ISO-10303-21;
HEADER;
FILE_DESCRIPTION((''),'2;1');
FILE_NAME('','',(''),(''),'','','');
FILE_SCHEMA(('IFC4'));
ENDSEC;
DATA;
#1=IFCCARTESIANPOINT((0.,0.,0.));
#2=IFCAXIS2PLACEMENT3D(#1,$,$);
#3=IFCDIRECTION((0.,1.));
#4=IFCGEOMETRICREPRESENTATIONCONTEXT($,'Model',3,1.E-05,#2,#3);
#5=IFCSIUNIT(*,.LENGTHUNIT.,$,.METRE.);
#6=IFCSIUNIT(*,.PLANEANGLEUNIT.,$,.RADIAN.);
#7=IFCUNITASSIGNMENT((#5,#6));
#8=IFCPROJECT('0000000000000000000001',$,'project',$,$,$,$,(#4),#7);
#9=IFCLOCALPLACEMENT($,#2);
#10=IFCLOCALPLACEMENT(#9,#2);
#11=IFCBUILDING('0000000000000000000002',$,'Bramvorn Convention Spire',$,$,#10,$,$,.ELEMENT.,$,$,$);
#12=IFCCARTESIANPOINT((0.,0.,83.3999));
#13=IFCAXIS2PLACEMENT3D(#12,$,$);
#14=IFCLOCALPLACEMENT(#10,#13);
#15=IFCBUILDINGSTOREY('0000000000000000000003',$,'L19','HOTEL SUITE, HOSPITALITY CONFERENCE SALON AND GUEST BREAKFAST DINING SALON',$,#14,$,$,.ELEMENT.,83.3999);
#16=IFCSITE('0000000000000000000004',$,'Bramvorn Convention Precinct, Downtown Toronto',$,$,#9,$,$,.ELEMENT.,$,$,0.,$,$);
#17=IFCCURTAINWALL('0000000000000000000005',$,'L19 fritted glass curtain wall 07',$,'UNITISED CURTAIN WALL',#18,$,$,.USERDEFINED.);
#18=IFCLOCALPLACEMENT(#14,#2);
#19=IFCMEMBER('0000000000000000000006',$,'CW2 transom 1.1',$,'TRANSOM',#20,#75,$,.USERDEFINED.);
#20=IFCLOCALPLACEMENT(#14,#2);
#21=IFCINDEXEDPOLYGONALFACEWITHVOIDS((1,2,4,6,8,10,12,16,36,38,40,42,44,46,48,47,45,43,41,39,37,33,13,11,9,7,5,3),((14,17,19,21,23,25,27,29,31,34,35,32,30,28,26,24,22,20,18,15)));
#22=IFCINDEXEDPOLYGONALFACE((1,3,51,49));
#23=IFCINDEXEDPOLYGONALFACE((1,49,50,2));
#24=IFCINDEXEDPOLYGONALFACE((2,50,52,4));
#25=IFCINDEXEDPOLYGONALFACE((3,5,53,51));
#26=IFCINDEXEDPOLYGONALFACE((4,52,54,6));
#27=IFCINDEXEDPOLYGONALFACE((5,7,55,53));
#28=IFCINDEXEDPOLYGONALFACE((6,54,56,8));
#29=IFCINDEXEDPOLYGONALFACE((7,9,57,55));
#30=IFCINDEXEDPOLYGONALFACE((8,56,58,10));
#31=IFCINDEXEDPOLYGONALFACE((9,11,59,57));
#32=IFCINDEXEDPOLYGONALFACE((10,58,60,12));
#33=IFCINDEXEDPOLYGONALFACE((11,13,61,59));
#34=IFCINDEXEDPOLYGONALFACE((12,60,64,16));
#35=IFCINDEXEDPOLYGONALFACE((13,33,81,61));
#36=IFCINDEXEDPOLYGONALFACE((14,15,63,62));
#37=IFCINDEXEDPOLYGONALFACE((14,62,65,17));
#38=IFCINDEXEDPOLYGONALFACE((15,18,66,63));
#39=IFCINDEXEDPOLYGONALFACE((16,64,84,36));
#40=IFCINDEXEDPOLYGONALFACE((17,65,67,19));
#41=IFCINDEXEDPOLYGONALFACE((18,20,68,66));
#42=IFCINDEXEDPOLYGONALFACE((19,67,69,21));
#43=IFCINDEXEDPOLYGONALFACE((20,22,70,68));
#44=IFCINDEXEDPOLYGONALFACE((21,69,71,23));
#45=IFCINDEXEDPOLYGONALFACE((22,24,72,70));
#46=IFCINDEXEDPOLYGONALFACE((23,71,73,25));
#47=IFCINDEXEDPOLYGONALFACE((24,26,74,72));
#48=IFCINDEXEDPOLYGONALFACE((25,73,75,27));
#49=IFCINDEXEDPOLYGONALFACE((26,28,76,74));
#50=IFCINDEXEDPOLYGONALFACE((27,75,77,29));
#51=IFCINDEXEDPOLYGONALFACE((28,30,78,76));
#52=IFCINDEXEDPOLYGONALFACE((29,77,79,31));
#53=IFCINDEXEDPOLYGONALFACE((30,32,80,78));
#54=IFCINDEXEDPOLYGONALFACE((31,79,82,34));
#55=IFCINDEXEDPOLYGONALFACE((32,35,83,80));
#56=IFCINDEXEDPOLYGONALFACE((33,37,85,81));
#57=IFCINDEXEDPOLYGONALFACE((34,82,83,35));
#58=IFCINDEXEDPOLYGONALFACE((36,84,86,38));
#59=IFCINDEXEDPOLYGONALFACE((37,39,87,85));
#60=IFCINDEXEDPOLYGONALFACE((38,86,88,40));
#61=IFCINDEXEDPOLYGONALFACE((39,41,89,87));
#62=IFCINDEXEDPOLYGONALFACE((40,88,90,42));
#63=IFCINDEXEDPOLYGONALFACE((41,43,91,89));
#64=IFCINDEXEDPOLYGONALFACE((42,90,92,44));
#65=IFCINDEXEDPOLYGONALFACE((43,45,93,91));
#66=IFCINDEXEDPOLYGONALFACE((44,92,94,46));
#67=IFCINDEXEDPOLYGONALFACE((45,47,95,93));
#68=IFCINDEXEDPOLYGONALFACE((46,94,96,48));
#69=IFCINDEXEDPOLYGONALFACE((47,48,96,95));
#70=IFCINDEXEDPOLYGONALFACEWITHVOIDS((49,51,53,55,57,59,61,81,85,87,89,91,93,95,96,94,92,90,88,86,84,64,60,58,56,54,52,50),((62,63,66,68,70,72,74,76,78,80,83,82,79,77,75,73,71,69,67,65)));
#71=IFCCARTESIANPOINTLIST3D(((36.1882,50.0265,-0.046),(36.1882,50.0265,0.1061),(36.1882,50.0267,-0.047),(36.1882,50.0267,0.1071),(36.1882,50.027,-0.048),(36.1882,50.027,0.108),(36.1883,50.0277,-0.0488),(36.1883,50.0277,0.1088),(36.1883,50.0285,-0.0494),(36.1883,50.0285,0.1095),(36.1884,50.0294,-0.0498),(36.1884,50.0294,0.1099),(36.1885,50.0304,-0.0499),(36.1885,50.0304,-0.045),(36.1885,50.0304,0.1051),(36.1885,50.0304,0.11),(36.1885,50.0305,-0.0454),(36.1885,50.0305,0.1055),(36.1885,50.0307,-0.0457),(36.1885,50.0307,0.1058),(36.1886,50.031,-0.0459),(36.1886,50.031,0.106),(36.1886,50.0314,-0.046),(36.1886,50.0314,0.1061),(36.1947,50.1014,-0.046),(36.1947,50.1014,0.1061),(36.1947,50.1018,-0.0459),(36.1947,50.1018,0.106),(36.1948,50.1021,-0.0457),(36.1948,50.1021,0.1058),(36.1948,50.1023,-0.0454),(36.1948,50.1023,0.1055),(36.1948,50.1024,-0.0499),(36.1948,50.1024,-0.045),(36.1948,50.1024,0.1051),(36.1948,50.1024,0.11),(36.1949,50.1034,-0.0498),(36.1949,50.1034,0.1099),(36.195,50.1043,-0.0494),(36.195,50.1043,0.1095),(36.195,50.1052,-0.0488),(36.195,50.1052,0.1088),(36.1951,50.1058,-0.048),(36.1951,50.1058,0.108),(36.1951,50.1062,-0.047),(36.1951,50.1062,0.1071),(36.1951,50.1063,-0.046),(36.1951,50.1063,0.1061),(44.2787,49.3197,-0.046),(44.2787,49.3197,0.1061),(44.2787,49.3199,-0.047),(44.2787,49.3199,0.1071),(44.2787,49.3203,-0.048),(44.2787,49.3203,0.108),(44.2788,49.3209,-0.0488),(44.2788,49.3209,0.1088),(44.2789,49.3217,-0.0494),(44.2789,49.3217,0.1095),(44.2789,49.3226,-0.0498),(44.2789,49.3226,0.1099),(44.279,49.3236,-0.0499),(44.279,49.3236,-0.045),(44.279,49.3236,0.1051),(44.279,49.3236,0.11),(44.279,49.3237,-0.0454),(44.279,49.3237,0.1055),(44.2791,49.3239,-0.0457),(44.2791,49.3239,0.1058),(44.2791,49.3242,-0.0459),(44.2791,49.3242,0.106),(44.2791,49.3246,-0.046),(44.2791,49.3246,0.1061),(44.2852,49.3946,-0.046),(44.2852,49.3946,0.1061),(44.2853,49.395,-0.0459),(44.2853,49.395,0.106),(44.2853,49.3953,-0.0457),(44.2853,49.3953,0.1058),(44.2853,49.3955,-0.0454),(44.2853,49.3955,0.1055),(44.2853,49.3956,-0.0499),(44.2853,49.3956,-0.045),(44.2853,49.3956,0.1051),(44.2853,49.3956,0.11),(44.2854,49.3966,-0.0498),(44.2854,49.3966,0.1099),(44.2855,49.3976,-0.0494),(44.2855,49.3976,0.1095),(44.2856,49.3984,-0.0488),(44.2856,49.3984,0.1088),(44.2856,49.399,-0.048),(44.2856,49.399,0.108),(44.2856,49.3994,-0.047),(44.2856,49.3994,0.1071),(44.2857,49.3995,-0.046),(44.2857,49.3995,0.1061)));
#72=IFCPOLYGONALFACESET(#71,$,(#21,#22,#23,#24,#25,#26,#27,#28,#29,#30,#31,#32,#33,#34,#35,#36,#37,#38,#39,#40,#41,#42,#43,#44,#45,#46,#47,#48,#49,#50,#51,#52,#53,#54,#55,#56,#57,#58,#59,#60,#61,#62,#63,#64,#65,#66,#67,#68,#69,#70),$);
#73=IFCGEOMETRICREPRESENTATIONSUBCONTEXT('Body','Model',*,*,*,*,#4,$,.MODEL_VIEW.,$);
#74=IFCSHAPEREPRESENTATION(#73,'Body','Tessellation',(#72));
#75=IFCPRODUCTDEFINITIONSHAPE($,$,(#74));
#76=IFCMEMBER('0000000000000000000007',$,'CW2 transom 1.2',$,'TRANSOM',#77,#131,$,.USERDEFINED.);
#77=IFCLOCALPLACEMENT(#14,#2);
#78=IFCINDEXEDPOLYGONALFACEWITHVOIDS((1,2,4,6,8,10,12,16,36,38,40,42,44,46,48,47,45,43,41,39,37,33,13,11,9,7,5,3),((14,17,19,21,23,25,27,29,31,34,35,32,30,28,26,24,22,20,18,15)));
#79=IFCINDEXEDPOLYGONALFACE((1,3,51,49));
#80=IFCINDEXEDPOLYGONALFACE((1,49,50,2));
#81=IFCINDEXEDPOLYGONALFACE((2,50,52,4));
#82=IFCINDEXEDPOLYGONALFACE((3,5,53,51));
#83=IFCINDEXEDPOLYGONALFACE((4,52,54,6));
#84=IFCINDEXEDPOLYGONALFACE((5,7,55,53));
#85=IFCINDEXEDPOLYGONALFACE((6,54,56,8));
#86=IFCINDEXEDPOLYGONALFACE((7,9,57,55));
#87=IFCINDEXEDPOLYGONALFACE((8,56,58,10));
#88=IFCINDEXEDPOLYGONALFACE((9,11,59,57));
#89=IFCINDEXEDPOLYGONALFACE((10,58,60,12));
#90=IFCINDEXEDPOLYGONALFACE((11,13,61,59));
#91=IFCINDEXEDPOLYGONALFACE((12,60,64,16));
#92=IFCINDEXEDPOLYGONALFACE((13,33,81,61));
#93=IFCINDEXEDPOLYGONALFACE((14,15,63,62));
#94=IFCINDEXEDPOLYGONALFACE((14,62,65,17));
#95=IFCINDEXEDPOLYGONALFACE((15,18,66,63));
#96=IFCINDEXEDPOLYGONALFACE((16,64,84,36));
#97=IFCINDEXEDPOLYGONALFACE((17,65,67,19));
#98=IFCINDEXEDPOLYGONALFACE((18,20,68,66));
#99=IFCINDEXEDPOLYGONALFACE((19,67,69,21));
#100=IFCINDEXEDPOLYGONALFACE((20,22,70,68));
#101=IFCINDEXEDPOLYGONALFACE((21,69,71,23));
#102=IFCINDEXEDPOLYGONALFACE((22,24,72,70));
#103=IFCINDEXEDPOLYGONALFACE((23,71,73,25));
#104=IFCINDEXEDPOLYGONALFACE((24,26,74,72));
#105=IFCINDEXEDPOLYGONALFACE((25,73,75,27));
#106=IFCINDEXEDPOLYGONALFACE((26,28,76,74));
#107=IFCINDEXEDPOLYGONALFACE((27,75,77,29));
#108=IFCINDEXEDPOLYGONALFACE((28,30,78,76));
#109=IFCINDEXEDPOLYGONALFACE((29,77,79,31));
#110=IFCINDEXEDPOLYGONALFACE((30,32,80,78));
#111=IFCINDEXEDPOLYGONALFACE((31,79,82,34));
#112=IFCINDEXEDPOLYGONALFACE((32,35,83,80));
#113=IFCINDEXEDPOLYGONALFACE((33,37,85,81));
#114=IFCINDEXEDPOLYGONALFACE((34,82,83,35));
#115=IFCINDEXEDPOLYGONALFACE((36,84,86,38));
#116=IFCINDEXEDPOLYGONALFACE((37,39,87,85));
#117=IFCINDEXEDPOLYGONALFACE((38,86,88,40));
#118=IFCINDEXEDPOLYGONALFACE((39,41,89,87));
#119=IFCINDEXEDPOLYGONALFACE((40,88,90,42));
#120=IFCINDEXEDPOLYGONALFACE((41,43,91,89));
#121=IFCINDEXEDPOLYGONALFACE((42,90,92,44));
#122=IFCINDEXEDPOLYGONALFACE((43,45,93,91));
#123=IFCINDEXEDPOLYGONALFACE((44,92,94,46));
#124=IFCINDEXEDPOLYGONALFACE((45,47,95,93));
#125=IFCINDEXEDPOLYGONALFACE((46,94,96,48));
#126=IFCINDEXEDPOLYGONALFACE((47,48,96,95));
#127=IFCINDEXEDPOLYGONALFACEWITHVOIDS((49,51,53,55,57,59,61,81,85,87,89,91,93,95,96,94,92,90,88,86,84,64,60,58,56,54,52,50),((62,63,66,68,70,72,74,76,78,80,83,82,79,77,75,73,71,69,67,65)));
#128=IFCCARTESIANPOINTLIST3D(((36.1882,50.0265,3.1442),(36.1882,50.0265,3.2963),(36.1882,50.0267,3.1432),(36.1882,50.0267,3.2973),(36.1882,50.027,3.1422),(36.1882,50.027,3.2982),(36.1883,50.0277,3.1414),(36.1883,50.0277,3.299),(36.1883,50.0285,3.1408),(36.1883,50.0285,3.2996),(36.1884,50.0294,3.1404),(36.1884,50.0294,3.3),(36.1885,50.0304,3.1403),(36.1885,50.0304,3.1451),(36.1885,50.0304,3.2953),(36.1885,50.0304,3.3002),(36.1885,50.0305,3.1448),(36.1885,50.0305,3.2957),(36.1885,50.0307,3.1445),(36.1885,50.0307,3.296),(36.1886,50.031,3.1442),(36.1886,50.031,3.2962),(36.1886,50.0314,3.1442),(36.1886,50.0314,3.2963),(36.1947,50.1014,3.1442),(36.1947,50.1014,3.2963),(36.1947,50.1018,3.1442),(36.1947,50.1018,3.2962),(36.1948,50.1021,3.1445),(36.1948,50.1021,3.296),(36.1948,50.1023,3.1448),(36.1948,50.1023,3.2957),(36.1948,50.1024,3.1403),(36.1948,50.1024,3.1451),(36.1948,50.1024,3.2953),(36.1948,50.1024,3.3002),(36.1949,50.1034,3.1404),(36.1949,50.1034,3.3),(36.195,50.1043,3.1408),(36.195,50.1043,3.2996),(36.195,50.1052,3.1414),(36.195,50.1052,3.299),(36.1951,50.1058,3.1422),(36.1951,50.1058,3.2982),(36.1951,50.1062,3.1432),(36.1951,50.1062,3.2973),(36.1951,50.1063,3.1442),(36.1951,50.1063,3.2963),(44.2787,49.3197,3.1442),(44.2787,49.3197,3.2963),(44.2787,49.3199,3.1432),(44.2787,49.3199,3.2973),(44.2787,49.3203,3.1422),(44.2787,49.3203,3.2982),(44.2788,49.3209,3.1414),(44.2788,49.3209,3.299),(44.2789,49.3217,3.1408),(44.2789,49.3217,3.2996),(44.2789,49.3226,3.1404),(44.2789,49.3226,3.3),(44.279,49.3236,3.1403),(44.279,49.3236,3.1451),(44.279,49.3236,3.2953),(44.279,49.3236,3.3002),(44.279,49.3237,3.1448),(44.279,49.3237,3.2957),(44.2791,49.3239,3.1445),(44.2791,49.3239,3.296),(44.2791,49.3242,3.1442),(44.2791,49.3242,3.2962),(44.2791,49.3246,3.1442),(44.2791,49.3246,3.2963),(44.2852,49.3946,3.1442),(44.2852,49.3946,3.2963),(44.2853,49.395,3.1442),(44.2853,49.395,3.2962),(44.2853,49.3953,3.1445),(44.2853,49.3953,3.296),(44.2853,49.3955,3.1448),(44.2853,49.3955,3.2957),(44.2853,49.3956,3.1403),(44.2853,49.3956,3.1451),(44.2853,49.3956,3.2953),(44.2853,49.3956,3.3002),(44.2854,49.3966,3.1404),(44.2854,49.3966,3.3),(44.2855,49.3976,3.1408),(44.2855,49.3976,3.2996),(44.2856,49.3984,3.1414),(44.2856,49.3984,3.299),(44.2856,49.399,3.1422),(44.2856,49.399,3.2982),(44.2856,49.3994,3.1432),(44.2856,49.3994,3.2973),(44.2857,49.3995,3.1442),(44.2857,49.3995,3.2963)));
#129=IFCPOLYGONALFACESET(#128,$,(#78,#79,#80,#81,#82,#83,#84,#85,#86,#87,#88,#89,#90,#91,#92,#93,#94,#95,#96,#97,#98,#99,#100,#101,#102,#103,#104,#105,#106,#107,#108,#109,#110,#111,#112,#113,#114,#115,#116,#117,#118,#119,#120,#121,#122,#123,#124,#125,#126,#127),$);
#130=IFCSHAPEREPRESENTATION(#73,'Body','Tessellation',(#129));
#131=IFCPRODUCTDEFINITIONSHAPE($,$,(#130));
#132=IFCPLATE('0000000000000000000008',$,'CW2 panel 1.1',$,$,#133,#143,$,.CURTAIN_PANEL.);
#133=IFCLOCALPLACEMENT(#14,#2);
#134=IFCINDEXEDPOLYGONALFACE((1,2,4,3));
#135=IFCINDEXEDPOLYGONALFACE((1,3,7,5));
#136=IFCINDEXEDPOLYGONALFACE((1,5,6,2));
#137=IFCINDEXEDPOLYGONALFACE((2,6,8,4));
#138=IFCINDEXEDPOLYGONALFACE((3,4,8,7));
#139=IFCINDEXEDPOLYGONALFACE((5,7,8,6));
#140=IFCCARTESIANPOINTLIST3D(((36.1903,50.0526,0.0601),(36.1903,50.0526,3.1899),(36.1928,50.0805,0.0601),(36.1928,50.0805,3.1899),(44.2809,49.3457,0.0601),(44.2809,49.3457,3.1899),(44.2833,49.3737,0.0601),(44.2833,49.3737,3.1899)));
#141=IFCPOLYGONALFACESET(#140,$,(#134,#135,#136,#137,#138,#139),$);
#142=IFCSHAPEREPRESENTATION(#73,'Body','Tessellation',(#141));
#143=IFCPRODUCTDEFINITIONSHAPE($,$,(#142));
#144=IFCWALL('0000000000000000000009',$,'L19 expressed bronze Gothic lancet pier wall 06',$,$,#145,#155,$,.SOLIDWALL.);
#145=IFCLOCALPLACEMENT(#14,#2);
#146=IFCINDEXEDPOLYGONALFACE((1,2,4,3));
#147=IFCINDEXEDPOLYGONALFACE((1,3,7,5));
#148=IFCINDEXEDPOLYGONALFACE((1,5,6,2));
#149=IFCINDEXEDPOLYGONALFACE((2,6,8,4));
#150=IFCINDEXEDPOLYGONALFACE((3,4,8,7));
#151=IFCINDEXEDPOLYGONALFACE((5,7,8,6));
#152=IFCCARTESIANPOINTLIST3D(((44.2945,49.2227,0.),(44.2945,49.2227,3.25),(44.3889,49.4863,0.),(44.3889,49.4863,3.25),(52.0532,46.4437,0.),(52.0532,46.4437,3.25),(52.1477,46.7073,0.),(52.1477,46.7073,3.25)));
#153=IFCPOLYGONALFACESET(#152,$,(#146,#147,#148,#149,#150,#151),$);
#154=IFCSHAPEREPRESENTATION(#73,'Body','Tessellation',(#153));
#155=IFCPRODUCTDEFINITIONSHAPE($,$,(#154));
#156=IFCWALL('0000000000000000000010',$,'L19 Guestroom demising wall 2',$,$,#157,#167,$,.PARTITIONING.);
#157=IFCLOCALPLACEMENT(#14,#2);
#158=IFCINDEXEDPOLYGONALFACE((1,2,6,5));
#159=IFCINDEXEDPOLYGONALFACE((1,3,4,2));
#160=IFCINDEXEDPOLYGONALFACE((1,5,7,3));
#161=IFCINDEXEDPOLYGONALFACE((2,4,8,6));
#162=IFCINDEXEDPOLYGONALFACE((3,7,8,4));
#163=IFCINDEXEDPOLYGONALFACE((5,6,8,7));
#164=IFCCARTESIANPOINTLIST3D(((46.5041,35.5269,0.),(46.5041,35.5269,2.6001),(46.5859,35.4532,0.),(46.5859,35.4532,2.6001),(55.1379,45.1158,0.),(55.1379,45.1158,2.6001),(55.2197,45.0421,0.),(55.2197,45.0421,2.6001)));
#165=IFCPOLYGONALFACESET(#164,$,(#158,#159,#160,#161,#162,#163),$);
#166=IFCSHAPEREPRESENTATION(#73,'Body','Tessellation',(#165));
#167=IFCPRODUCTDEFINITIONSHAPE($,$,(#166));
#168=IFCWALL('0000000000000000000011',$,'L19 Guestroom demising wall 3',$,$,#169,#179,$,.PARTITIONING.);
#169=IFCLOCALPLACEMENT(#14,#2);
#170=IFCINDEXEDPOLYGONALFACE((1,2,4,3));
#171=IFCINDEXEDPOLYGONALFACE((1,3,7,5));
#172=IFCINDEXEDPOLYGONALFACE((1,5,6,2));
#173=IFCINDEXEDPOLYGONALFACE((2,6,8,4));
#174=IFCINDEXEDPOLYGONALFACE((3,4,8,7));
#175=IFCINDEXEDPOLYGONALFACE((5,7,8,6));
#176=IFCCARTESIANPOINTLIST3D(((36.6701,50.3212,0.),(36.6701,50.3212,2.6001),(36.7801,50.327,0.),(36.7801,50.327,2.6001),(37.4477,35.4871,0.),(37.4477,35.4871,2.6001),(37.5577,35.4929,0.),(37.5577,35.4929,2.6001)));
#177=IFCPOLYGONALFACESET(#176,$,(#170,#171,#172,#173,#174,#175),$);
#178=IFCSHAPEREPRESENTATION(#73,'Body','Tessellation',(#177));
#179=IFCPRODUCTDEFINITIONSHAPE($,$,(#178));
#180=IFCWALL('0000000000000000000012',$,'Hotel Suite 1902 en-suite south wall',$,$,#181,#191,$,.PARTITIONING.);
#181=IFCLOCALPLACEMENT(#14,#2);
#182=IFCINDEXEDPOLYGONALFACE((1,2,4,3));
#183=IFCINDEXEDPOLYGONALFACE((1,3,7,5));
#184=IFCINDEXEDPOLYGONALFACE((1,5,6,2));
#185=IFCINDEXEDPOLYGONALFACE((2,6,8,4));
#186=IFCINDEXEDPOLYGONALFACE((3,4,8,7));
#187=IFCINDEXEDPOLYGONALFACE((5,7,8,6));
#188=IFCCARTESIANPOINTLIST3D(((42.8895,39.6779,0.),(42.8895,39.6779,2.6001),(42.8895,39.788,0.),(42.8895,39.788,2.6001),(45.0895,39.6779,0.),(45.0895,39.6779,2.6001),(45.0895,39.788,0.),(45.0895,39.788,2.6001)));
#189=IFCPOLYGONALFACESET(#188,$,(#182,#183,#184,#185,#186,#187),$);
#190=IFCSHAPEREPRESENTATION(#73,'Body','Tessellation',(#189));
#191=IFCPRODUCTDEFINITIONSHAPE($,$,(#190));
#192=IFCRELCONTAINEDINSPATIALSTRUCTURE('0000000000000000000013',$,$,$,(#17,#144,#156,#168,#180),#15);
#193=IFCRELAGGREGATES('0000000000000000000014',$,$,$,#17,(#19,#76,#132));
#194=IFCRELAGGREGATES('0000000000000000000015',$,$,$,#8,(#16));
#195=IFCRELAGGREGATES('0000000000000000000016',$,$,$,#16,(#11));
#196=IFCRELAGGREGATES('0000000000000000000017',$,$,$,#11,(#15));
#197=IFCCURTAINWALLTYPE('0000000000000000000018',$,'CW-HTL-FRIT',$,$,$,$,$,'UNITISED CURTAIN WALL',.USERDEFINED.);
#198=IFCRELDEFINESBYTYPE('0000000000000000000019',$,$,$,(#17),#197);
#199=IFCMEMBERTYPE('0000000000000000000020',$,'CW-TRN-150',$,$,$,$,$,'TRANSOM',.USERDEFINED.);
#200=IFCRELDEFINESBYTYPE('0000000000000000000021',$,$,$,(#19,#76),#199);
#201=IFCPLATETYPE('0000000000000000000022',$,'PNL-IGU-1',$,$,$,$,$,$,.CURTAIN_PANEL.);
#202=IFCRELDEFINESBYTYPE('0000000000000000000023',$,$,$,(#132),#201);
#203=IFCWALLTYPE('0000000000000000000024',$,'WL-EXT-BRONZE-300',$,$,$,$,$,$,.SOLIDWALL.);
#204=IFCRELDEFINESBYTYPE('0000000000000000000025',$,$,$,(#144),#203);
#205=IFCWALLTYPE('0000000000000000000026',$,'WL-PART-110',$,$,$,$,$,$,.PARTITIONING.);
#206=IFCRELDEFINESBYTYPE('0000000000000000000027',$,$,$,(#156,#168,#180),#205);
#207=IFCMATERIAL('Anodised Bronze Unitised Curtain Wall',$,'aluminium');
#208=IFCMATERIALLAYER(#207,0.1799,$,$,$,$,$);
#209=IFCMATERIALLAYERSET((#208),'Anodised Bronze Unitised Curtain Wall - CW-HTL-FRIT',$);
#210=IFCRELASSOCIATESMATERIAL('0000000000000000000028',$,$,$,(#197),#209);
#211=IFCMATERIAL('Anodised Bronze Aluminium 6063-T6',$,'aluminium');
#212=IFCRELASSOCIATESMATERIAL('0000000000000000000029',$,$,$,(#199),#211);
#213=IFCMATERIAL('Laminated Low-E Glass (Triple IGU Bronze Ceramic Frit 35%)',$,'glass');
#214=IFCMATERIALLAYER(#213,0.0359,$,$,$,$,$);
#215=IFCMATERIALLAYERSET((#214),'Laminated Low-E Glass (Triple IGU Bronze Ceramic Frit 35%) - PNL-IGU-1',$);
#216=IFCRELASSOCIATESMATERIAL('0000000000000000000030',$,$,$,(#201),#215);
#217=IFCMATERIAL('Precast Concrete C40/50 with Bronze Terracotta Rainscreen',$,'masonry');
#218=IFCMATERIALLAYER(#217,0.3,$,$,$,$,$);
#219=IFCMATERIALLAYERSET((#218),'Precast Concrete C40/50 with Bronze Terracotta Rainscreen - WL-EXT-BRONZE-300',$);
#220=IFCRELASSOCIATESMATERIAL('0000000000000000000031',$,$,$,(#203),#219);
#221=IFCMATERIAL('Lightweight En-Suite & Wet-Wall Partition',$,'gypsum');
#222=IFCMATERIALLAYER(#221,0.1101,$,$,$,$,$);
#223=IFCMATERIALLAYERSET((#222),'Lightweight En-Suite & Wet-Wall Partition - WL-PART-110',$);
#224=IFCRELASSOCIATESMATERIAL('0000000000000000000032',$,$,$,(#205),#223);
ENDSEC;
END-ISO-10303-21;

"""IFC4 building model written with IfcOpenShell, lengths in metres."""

from ifc_helpers import new_model, si_unit, direction, frame, frame_2d, origin, origin_2d, place, context, subcontext, project, spatial, rectangle, hollow_rectangle, extrude, material, layer, layer_set, material_profile, profile_set, type_object, element, aggregate, save


model = new_model("IFC4")

# Units and contexts
model_context = context("Model", 3, precision=1e-05, world=origin(), true_north=direction((0.0, 1.0)))
body_context = subcontext(model_context, "Body", "Model", "MODEL_VIEW")
ifc_project = project(units=[si_unit("LENGTHUNIT", "METRE"), si_unit("PLANEANGLEUNIT", "RADIAN")], contexts=[model_context])

# Site, building, storey
site_placement = place(None, origin())
site = spatial("IfcSite", under=ifc_project, at=site_placement, Name="Bramvorn Convention Precinct, Downtown Toronto", CompositionType="ELEMENT", RefElevation=0.0)
building_placement = place(site_placement, origin())
building = spatial("IfcBuilding", under=site, at=building_placement, Name="Bramvorn Convention Spire", CompositionType="ELEMENT")
storey_placement = place(building_placement, frame((0.0, 0.0, 83.3999)))
storey = spatial("IfcBuildingStorey", under=building, at=storey_placement, Name="L19", Description="HOTEL SUITE, HOSPITALITY CONFERENCE SALON AND GUEST BREAKFAST DINING SALON", CompositionType="ELEMENT", Elevation=83.3999)

# Curtain wall
ifc_material_1 = material(Name="Anodised Bronze Unitised Curtain Wall", Category="aluminium")
ifc_layer_1 = layer(ifc_material_1, 0.1799)
ifc_layer_set_1 = layer_set([ifc_layer_1], Name="Anodised Bronze Unitised Curtain Wall - CW-HTL-FRIT")
curtain_wall_type = type_object("IfcCurtainWallType", Name="CW-HTL-FRIT", ElementType="UNITISED CURTAIN WALL", PredefinedType="USERDEFINED", material=ifc_layer_set_1)
curtain_wall_1_placement = place(storey_placement, origin())
curtain_wall_1 = element("IfcCurtainWall", 1, at=curtain_wall_1_placement, inside=storey, type_object=curtain_wall_type, Name="L19 fritted glass curtain wall 07", ObjectType="UNITISED CURTAIN WALL", PredefinedType="USERDEFINED")
ifc_material_2 = material(Name="Anodised Bronze Aluminium 6063-T6", Category="aluminium")

# Members
ifc_material_profile_1 = material_profile(ifc_material_2, hollow_rectangle(XDim=0.0801, YDim=0.1599, WallThickness=0.0039, InnerFilletRadius=0.001, OuterFilletRadius=0.0039, at=origin_2d()))
ifc_profile_set_1 = profile_set([ifc_material_profile_1], Name="Anodised Bronze Aluminium 6063-T6 - CWT80X160")
member_type_1 = type_object("IfcMemberType", Name="CW-TRN-150", ElementType="TRANSOM", PredefinedType="USERDEFINED", material=ifc_profile_set_1)
member_1_placement = place(storey_placement, frame((36.1917, 50.0664, 0.03), z_axis=(0.996206, -0.087028, 0.0), x_axis=(0.087028, 0.996206, 0.0)))
member_1 = element("IfcMember", 2, at=member_1_placement, type_object=member_type_1, Name="CW2 transom 1.1", ObjectType="TRANSOM", PredefinedType="USERDEFINED", context=body_context, shape_type="SweptSolid", body=[
    extrude(hollow_rectangle(XDim=0.0801, YDim=0.1599, WallThickness=0.0039, InnerFilletRadius=0.001, OuterFilletRadius=0.0039, at=origin_2d()), origin(), (0.0, 0.0, 1.0), 8.1213),
])
member_2_placement = place(storey_placement, frame((36.1917, 50.0664, 3.2202), z_axis=(0.996206, -0.087028, 0.0), x_axis=(0.087028, 0.996206, 0.0)))
member_2 = element("IfcMember", 3, at=member_2_placement, type_object=member_type_1, Name="CW2 transom 1.2", ObjectType="TRANSOM", PredefinedType="USERDEFINED", context=body_context, shape_type="SweptSolid", body=[
    extrude(hollow_rectangle(XDim=0.0801, YDim=0.1599, WallThickness=0.0039, InnerFilletRadius=0.001, OuterFilletRadius=0.0039, at=origin_2d()), origin(), (0.0, 0.0, 1.0), 8.1213),
])

# Plate
ifc_material_3 = material(Name="Laminated Low-E Glass (Triple IGU Bronze Ceramic Frit 35%)", Category="glass")
ifc_layer_2 = layer(ifc_material_3, 0.0359)
ifc_layer_set_2 = layer_set([ifc_layer_2], Name="Laminated Low-E Glass (Triple IGU Bronze Ceramic Frit 35%) - PNL-IGU-1")
plate_type = type_object("IfcPlateType", Name="PNL-IGU-1", PredefinedType="CURTAIN_PANEL", material=ifc_layer_set_2)
plate_placement = place(storey_placement, frame((40.2368, 49.7131, 0.0601), z_axis=(0.0, 0.0, 1.0), x_axis=(0.996205, -0.087036, 0.0)))
plate = element("IfcPlate", 4, at=plate_placement, type_object=plate_type, Name="CW2 panel 1.1", PredefinedType="CURTAIN_PANEL", context=body_context, shape_type="SweptSolid", body=[
    extrude(rectangle(XDim=8.1213, YDim=0.0281, at=origin_2d()), origin(), (0.0, 0.0, 1.0), 3.1299),
])
aggregate(curtain_wall_1, [member_1, member_2, plate])

# Walls
ifc_material_4 = material(Name="Precast Concrete C40/50 with Bronze Terracotta Rainscreen", Category="masonry")
ifc_layer_3 = layer(ifc_material_4, 0.3)
ifc_layer_set_3 = layer_set([ifc_layer_3], Name="Precast Concrete C40/50 with Bronze Terracotta Rainscreen - WL-EXT-BRONZE-300")
wall_type_1 = type_object("IfcWallType", Name="WL-EXT-BRONZE-300", PredefinedType="SOLIDWALL", material=ifc_layer_set_3)
wall_1_placement = place(storey_placement, frame((44.3418, 49.3545, 0.0), z_axis=(0.0, 0.0, 1.0), x_axis=(0.941432, -0.337203, 0.0)))
element("IfcWall", 5, at=wall_1_placement, inside=storey, type_object=wall_type_1, Name="L19 expressed bronze Gothic lancet pier wall 06", PredefinedType="SOLIDWALL", context=body_context, shape_type="SweptSolid", body=[
    extrude(rectangle(XDim=8.2415, YDim=0.28, at=frame_2d((4.1206, 0.0))), origin(), (0.0, 0.0, 1.0), 3.25),
])
ifc_material_5 = material(Name="Lightweight En-Suite & Wet-Wall Partition", Category="gypsum")
ifc_layer_4 = layer(ifc_material_5, 0.1101)
ifc_layer_set_4 = layer_set([ifc_layer_4], Name="Lightweight En-Suite & Wet-Wall Partition - WL-PART-110")
wall_type_2 = type_object("IfcWallType", Name="WL-PART-110", PredefinedType="PARTITIONING", material=ifc_layer_set_4)
wall_2_placement = place(storey_placement, frame((46.5449, 35.49, 0.0), z_axis=(0.0, 0.0, 1.0), x_axis=(0.669128, 0.743147, 0.0)))
element("IfcWall", 6, at=wall_2_placement, inside=storey, type_object=wall_type_2, Name="L19 Guestroom demising wall 2", PredefinedType="PARTITIONING", context=body_context, shape_type="SweptSolid", body=[
    extrude(rectangle(XDim=12.9031, YDim=0.1101, at=frame_2d((6.4517, 0.0))), origin(), (0.0, 0.0, 1.0), 2.6001),
])
wall_3_placement = place(storey_placement, frame((37.5027, 35.49, 0.0), z_axis=(0.0, 0.0, 1.0), x_axis=(-0.052347, 0.998629, 0.0)))
element("IfcWall", 7, at=wall_3_placement, inside=storey, type_object=wall_type_2, Name="L19 Guestroom demising wall 3", PredefinedType="PARTITIONING", context=body_context, shape_type="SweptSolid", body=[
    extrude(rectangle(XDim=14.8545, YDim=0.1101, at=frame_2d((7.4272, 0.0))), origin(), (0.0, 0.0, 1.0), 2.6001),
])
wall_4_placement = place(storey_placement, frame((42.8894, 39.7329, 0.0), z_axis=(0.0, 0.0, 1.0), x_axis=(1.0, 0.0, 0.0)))
element("IfcWall", 8, at=wall_4_placement, inside=storey, type_object=wall_type_2, Name="Hotel Suite 1902 en-suite south wall", PredefinedType="PARTITIONING", context=body_context, shape_type="SweptSolid", body=[
    extrude(rectangle(XDim=2.2, YDim=0.1101, at=frame_2d((1.1001, 0.0))), origin(), (0.0, 0.0, 1.0), 2.6001),
])

save(model, "model.ifc")
